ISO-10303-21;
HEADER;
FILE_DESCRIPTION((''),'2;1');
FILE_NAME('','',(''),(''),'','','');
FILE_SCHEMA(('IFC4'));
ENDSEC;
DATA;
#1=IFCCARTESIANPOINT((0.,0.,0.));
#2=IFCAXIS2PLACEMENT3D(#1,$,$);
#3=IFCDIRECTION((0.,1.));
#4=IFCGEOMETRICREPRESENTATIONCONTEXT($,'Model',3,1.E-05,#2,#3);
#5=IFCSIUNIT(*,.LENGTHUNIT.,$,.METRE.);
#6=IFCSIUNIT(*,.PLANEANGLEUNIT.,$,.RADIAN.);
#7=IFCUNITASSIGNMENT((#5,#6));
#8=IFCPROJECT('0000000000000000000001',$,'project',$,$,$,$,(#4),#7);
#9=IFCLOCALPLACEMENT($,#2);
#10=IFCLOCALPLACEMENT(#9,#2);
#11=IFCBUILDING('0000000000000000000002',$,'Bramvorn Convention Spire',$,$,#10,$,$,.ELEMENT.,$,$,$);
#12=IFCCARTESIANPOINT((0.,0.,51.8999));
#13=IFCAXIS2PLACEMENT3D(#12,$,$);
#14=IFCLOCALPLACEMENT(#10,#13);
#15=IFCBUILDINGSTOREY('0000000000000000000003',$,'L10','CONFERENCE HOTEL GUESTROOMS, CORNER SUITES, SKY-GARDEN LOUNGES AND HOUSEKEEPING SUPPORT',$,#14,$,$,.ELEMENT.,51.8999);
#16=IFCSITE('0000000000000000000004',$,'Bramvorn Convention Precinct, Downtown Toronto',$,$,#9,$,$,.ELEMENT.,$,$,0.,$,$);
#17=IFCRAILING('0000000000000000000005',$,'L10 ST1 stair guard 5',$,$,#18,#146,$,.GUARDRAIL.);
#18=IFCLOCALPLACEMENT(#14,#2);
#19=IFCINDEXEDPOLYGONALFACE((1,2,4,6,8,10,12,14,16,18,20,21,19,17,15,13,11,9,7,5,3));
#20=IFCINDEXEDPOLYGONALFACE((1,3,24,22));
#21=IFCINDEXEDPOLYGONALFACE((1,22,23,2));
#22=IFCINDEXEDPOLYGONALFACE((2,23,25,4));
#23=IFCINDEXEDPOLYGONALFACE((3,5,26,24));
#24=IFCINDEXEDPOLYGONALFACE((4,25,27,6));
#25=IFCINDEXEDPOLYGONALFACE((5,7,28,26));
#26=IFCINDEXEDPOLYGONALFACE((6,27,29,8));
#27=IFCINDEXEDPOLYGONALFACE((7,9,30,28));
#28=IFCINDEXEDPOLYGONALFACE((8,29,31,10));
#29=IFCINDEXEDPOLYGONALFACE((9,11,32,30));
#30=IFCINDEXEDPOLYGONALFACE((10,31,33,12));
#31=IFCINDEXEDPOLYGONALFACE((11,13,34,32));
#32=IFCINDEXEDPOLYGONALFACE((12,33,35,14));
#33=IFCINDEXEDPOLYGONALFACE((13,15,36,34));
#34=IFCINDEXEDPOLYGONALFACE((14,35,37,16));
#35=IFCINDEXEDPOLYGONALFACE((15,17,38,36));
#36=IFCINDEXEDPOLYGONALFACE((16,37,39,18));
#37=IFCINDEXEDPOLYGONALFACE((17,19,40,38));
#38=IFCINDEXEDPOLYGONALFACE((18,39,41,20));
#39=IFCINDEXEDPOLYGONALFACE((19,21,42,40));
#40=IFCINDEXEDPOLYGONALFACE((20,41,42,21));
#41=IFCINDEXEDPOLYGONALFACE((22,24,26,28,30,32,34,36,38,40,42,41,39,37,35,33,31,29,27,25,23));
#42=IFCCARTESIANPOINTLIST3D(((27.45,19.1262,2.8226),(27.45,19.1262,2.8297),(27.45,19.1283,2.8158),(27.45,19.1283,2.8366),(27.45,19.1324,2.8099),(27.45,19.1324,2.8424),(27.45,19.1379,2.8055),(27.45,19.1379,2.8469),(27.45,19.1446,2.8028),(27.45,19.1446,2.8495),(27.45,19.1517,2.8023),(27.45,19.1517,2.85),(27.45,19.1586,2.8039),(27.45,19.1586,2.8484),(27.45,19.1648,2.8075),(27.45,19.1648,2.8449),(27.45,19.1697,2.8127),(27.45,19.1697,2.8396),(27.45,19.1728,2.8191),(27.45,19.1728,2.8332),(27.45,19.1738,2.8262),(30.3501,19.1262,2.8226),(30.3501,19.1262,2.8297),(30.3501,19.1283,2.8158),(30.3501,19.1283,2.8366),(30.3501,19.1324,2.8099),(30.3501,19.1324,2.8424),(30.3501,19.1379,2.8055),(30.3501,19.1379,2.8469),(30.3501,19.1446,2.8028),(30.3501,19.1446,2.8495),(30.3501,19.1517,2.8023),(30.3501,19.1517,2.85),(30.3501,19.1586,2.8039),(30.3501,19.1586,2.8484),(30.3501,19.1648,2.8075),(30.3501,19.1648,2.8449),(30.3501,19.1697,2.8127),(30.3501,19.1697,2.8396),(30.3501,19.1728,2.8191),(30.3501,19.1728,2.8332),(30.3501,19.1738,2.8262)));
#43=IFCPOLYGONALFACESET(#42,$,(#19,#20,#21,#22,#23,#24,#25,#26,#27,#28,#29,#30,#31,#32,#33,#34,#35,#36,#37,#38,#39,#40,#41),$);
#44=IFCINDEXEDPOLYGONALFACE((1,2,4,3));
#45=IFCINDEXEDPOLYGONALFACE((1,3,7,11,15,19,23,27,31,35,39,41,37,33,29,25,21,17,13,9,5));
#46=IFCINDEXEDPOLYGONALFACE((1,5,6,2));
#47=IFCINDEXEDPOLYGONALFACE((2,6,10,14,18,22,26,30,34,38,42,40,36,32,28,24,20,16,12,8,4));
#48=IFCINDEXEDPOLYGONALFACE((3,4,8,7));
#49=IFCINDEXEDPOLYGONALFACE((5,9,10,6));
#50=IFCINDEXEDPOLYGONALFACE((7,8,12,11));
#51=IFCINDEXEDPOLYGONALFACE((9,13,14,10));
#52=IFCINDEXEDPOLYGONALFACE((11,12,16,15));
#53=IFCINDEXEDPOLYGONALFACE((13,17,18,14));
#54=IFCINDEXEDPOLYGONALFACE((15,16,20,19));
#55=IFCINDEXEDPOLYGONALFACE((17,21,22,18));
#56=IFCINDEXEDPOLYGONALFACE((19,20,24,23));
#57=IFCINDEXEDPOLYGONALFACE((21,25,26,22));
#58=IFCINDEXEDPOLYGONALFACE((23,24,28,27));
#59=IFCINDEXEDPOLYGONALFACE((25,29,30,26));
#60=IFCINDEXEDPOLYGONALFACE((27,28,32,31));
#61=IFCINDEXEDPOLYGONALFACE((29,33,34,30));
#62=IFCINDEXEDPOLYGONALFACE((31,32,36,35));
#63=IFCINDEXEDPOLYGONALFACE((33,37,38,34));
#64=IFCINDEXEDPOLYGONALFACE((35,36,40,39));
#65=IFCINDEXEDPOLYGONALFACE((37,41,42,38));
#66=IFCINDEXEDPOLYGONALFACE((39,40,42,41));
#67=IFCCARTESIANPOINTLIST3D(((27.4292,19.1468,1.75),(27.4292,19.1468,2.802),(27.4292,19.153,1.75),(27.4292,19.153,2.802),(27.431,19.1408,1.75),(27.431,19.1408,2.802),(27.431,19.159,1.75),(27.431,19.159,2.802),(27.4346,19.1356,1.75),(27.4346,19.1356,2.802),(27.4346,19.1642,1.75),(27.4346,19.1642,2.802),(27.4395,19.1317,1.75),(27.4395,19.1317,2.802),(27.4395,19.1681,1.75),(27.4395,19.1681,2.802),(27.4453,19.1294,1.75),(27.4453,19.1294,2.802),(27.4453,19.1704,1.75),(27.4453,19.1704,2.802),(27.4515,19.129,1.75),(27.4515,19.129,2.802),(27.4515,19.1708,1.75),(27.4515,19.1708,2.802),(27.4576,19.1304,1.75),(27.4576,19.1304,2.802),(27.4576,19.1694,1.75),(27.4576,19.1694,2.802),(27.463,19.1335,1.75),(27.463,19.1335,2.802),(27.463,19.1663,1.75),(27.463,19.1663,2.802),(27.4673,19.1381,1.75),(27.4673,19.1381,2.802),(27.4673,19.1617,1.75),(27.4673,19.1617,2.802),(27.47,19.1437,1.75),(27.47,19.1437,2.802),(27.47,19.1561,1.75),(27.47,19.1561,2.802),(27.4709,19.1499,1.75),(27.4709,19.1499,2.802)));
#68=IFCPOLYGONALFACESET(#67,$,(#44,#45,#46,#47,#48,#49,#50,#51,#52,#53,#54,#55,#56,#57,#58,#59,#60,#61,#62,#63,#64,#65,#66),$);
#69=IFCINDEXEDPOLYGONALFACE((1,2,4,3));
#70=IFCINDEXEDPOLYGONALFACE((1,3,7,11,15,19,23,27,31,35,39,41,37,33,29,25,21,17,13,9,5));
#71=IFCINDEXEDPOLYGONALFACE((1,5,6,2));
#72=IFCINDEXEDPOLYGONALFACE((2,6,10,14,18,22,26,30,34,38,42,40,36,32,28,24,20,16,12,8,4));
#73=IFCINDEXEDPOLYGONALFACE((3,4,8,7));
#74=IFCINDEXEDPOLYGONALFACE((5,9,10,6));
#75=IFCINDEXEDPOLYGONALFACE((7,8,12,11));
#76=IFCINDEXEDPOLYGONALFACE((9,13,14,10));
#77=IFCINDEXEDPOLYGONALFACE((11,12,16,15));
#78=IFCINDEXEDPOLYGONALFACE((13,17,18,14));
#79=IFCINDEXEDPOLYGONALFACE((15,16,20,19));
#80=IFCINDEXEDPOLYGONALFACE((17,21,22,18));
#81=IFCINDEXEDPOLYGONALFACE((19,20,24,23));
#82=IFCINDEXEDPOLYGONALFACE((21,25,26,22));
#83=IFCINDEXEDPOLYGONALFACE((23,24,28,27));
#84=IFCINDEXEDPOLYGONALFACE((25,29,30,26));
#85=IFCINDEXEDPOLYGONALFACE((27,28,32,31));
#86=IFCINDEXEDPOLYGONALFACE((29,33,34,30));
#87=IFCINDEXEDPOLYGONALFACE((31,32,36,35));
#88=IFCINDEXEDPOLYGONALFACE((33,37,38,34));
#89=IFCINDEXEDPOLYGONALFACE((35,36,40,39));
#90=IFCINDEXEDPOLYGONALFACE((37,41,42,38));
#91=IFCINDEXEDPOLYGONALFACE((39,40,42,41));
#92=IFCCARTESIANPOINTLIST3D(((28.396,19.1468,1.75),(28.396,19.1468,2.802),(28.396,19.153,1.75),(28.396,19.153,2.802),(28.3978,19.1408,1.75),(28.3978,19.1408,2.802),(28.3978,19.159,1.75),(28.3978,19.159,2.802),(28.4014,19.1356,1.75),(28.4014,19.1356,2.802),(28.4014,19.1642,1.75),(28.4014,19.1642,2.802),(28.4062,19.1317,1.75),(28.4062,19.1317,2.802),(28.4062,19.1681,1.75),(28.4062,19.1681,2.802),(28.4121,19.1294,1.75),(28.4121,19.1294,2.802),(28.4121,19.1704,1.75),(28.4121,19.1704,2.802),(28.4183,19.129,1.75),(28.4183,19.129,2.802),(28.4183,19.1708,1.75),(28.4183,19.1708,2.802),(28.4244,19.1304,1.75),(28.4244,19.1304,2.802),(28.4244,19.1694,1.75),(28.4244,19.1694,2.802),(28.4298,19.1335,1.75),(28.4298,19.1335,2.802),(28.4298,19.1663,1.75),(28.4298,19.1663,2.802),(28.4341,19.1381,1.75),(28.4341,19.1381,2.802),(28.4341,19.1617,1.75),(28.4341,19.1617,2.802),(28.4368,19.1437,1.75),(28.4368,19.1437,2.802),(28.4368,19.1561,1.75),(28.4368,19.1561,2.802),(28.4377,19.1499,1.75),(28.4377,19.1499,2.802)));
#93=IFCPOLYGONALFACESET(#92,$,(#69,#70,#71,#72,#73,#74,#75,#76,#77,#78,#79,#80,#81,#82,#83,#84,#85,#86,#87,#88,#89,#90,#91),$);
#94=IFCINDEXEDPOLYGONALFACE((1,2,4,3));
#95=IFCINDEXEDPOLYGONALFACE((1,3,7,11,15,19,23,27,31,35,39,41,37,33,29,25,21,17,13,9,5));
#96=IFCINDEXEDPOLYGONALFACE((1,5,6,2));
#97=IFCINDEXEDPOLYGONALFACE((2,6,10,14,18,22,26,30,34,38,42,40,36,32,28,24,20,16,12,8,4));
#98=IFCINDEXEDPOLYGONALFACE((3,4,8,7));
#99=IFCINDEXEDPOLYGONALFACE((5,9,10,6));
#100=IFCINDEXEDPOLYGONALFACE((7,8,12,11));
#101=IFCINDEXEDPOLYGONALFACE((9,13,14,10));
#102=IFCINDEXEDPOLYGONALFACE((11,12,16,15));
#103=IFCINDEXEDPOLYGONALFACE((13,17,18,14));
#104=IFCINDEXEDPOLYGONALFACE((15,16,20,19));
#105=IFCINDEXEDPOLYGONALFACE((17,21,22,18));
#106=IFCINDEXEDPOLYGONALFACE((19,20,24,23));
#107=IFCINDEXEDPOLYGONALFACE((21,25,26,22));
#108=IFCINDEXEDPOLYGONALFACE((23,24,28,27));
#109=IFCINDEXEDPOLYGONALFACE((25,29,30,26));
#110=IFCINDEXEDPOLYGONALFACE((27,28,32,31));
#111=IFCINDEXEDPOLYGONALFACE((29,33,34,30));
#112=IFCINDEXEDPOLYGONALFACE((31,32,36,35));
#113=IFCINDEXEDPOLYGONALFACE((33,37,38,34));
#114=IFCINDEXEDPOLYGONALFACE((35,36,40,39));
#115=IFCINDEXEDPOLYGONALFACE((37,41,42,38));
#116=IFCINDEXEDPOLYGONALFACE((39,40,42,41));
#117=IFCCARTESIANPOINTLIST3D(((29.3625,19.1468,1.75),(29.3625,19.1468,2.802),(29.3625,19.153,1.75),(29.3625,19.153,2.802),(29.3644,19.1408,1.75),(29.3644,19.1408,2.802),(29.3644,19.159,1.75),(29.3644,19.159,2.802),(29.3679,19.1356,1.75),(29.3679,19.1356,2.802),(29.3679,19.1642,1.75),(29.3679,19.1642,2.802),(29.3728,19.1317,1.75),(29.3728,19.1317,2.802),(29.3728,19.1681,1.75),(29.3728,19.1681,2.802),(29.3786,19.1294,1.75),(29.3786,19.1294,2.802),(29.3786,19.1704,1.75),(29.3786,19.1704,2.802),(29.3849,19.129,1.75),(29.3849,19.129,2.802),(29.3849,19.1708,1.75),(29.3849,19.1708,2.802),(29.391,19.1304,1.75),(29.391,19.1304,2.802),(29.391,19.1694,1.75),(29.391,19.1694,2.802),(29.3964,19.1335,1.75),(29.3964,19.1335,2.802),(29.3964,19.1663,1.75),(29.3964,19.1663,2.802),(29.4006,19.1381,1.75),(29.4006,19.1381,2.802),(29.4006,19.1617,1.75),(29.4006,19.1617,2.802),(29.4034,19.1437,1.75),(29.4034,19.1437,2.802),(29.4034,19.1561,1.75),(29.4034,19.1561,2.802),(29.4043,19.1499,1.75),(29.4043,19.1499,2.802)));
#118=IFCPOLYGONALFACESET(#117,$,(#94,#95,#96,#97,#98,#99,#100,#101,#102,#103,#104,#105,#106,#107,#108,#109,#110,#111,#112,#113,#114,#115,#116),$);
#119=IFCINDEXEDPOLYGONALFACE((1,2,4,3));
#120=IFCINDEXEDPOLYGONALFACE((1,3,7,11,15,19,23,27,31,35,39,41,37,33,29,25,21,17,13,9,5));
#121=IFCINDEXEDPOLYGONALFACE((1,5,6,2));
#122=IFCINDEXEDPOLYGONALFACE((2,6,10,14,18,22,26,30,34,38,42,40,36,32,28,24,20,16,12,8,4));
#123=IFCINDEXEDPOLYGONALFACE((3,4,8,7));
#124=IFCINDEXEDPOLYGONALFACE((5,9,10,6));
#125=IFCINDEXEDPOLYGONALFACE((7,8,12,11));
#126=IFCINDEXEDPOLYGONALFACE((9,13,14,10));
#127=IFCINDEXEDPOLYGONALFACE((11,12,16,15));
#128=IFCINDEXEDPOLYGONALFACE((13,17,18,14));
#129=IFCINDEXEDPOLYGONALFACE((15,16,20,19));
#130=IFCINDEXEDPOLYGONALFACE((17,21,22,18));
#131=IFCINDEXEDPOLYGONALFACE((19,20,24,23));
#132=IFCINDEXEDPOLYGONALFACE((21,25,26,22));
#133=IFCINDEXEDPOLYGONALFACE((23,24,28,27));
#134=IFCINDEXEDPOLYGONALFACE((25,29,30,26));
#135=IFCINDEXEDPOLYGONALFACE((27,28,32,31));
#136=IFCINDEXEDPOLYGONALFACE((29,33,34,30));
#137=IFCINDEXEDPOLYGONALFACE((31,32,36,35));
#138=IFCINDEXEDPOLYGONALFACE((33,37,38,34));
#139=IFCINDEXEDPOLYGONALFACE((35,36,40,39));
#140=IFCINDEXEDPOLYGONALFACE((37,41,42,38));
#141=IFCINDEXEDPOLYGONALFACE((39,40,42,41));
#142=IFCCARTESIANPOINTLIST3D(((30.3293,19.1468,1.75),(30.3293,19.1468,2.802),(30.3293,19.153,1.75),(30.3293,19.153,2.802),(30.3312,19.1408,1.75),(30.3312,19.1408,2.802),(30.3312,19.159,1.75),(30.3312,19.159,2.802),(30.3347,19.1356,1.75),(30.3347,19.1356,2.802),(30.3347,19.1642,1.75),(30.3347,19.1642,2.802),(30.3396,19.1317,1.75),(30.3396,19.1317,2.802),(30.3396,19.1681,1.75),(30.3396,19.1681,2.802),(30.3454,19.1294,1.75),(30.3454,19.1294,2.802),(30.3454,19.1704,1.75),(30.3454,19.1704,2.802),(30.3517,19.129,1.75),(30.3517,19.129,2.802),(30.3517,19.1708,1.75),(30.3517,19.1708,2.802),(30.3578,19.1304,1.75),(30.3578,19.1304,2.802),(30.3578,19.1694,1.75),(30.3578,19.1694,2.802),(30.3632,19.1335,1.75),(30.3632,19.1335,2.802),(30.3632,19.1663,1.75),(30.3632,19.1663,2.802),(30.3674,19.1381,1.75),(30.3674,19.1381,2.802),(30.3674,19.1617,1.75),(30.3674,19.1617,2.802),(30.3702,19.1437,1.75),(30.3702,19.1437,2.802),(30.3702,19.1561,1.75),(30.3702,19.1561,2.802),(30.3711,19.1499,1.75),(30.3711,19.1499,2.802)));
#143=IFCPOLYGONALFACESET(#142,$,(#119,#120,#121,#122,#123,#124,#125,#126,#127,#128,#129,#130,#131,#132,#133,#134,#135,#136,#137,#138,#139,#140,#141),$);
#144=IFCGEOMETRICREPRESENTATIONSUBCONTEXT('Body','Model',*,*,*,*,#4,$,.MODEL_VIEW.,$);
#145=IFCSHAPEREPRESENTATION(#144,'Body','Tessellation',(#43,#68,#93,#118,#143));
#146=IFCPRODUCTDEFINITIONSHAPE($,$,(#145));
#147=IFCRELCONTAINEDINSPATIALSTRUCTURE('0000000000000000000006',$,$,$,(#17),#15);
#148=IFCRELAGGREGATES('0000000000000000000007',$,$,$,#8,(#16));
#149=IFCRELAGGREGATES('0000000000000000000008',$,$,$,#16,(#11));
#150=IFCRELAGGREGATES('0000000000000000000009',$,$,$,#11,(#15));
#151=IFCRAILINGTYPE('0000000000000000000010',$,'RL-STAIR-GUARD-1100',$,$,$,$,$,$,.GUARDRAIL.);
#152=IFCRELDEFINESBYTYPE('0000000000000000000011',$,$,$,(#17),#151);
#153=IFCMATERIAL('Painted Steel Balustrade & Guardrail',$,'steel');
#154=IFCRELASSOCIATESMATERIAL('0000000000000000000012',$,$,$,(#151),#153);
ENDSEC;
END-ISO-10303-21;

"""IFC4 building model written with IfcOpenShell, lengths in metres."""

from ifc_helpers import new_model, si_unit, direction, frame, origin, origin_2d, place, context, subcontext, project, spatial, circle, extrude, material, type_object, element, save


model = new_model("IFC4")

# Units and contexts
model_context = context("Model", 3, precision=1e-05, world=origin(), true_north=direction((0.0, 1.0)))
body_context = subcontext(model_context, "Body", "Model", "MODEL_VIEW")
ifc_project = project(units=[si_unit("LENGTHUNIT", "METRE"), si_unit("PLANEANGLEUNIT", "RADIAN")], contexts=[model_context])

# Site, building, storey
site_placement = place(None, origin())
site = spatial("IfcSite", under=ifc_project, at=site_placement, Name="Bramvorn Convention Precinct, Downtown Toronto", CompositionType="ELEMENT", RefElevation=0.0)
building_placement = place(site_placement, origin())
building = spatial("IfcBuilding", under=site, at=building_placement, Name="Bramvorn Convention Spire", CompositionType="ELEMENT")
storey_placement = place(building_placement, frame((0.0, 0.0, 51.8999)))
storey = spatial("IfcBuildingStorey", under=building, at=storey_placement, Name="L10", Description="CONFERENCE HOTEL GUESTROOMS, CORNER SUITES, SKY-GARDEN LOUNGES AND HOUSEKEEPING SUPPORT", CompositionType="ELEMENT", Elevation=51.8999)

# Railing
ifc_material_1 = material(Name="Painted Steel Balustrade & Guardrail", Category="steel")
railing_type = type_object("IfcRailingType", Name="RL-STAIR-GUARD-1100", PredefinedType="GUARDRAIL", material=ifc_material_1)
railing_1_placement = place(storey_placement, frame((27.45, 19.1499, 1.75)))
element("IfcRailing", 1, at=railing_1_placement, inside=storey, type_object=railing_type, Name="L10 ST1 stair guard 5", PredefinedType="GUARDRAIL", context=body_context, shape_type="SweptSolid", body=[
    extrude(circle(Radius=0.0239, at=origin_2d()), frame((0.0, 0.0, 1.0762), z_axis=(1.0, 0.0, 0.0), x_axis=(0.0, 1.0, 0.0)), (0.0, 0.0, 1.0), 2.9001),
    extrude(circle(Radius=0.021, at=origin_2d()), origin(), (0.0, 0.0, 1.0), 1.052),
    extrude(circle(Radius=0.021, at=origin_2d()), frame((0.9668, 0.0, 0.0)), (0.0, 0.0, 1.0), 1.052),
    extrude(circle(Radius=0.021, at=origin_2d()), frame((1.9333, 0.0, 0.0)), (0.0, 0.0, 1.0), 1.052),
    extrude(circle(Radius=0.021, at=origin_2d()), frame((2.9001, 0.0, 0.0)), (0.0, 0.0, 1.0), 1.052),
])

save(model, "model.ifc")
